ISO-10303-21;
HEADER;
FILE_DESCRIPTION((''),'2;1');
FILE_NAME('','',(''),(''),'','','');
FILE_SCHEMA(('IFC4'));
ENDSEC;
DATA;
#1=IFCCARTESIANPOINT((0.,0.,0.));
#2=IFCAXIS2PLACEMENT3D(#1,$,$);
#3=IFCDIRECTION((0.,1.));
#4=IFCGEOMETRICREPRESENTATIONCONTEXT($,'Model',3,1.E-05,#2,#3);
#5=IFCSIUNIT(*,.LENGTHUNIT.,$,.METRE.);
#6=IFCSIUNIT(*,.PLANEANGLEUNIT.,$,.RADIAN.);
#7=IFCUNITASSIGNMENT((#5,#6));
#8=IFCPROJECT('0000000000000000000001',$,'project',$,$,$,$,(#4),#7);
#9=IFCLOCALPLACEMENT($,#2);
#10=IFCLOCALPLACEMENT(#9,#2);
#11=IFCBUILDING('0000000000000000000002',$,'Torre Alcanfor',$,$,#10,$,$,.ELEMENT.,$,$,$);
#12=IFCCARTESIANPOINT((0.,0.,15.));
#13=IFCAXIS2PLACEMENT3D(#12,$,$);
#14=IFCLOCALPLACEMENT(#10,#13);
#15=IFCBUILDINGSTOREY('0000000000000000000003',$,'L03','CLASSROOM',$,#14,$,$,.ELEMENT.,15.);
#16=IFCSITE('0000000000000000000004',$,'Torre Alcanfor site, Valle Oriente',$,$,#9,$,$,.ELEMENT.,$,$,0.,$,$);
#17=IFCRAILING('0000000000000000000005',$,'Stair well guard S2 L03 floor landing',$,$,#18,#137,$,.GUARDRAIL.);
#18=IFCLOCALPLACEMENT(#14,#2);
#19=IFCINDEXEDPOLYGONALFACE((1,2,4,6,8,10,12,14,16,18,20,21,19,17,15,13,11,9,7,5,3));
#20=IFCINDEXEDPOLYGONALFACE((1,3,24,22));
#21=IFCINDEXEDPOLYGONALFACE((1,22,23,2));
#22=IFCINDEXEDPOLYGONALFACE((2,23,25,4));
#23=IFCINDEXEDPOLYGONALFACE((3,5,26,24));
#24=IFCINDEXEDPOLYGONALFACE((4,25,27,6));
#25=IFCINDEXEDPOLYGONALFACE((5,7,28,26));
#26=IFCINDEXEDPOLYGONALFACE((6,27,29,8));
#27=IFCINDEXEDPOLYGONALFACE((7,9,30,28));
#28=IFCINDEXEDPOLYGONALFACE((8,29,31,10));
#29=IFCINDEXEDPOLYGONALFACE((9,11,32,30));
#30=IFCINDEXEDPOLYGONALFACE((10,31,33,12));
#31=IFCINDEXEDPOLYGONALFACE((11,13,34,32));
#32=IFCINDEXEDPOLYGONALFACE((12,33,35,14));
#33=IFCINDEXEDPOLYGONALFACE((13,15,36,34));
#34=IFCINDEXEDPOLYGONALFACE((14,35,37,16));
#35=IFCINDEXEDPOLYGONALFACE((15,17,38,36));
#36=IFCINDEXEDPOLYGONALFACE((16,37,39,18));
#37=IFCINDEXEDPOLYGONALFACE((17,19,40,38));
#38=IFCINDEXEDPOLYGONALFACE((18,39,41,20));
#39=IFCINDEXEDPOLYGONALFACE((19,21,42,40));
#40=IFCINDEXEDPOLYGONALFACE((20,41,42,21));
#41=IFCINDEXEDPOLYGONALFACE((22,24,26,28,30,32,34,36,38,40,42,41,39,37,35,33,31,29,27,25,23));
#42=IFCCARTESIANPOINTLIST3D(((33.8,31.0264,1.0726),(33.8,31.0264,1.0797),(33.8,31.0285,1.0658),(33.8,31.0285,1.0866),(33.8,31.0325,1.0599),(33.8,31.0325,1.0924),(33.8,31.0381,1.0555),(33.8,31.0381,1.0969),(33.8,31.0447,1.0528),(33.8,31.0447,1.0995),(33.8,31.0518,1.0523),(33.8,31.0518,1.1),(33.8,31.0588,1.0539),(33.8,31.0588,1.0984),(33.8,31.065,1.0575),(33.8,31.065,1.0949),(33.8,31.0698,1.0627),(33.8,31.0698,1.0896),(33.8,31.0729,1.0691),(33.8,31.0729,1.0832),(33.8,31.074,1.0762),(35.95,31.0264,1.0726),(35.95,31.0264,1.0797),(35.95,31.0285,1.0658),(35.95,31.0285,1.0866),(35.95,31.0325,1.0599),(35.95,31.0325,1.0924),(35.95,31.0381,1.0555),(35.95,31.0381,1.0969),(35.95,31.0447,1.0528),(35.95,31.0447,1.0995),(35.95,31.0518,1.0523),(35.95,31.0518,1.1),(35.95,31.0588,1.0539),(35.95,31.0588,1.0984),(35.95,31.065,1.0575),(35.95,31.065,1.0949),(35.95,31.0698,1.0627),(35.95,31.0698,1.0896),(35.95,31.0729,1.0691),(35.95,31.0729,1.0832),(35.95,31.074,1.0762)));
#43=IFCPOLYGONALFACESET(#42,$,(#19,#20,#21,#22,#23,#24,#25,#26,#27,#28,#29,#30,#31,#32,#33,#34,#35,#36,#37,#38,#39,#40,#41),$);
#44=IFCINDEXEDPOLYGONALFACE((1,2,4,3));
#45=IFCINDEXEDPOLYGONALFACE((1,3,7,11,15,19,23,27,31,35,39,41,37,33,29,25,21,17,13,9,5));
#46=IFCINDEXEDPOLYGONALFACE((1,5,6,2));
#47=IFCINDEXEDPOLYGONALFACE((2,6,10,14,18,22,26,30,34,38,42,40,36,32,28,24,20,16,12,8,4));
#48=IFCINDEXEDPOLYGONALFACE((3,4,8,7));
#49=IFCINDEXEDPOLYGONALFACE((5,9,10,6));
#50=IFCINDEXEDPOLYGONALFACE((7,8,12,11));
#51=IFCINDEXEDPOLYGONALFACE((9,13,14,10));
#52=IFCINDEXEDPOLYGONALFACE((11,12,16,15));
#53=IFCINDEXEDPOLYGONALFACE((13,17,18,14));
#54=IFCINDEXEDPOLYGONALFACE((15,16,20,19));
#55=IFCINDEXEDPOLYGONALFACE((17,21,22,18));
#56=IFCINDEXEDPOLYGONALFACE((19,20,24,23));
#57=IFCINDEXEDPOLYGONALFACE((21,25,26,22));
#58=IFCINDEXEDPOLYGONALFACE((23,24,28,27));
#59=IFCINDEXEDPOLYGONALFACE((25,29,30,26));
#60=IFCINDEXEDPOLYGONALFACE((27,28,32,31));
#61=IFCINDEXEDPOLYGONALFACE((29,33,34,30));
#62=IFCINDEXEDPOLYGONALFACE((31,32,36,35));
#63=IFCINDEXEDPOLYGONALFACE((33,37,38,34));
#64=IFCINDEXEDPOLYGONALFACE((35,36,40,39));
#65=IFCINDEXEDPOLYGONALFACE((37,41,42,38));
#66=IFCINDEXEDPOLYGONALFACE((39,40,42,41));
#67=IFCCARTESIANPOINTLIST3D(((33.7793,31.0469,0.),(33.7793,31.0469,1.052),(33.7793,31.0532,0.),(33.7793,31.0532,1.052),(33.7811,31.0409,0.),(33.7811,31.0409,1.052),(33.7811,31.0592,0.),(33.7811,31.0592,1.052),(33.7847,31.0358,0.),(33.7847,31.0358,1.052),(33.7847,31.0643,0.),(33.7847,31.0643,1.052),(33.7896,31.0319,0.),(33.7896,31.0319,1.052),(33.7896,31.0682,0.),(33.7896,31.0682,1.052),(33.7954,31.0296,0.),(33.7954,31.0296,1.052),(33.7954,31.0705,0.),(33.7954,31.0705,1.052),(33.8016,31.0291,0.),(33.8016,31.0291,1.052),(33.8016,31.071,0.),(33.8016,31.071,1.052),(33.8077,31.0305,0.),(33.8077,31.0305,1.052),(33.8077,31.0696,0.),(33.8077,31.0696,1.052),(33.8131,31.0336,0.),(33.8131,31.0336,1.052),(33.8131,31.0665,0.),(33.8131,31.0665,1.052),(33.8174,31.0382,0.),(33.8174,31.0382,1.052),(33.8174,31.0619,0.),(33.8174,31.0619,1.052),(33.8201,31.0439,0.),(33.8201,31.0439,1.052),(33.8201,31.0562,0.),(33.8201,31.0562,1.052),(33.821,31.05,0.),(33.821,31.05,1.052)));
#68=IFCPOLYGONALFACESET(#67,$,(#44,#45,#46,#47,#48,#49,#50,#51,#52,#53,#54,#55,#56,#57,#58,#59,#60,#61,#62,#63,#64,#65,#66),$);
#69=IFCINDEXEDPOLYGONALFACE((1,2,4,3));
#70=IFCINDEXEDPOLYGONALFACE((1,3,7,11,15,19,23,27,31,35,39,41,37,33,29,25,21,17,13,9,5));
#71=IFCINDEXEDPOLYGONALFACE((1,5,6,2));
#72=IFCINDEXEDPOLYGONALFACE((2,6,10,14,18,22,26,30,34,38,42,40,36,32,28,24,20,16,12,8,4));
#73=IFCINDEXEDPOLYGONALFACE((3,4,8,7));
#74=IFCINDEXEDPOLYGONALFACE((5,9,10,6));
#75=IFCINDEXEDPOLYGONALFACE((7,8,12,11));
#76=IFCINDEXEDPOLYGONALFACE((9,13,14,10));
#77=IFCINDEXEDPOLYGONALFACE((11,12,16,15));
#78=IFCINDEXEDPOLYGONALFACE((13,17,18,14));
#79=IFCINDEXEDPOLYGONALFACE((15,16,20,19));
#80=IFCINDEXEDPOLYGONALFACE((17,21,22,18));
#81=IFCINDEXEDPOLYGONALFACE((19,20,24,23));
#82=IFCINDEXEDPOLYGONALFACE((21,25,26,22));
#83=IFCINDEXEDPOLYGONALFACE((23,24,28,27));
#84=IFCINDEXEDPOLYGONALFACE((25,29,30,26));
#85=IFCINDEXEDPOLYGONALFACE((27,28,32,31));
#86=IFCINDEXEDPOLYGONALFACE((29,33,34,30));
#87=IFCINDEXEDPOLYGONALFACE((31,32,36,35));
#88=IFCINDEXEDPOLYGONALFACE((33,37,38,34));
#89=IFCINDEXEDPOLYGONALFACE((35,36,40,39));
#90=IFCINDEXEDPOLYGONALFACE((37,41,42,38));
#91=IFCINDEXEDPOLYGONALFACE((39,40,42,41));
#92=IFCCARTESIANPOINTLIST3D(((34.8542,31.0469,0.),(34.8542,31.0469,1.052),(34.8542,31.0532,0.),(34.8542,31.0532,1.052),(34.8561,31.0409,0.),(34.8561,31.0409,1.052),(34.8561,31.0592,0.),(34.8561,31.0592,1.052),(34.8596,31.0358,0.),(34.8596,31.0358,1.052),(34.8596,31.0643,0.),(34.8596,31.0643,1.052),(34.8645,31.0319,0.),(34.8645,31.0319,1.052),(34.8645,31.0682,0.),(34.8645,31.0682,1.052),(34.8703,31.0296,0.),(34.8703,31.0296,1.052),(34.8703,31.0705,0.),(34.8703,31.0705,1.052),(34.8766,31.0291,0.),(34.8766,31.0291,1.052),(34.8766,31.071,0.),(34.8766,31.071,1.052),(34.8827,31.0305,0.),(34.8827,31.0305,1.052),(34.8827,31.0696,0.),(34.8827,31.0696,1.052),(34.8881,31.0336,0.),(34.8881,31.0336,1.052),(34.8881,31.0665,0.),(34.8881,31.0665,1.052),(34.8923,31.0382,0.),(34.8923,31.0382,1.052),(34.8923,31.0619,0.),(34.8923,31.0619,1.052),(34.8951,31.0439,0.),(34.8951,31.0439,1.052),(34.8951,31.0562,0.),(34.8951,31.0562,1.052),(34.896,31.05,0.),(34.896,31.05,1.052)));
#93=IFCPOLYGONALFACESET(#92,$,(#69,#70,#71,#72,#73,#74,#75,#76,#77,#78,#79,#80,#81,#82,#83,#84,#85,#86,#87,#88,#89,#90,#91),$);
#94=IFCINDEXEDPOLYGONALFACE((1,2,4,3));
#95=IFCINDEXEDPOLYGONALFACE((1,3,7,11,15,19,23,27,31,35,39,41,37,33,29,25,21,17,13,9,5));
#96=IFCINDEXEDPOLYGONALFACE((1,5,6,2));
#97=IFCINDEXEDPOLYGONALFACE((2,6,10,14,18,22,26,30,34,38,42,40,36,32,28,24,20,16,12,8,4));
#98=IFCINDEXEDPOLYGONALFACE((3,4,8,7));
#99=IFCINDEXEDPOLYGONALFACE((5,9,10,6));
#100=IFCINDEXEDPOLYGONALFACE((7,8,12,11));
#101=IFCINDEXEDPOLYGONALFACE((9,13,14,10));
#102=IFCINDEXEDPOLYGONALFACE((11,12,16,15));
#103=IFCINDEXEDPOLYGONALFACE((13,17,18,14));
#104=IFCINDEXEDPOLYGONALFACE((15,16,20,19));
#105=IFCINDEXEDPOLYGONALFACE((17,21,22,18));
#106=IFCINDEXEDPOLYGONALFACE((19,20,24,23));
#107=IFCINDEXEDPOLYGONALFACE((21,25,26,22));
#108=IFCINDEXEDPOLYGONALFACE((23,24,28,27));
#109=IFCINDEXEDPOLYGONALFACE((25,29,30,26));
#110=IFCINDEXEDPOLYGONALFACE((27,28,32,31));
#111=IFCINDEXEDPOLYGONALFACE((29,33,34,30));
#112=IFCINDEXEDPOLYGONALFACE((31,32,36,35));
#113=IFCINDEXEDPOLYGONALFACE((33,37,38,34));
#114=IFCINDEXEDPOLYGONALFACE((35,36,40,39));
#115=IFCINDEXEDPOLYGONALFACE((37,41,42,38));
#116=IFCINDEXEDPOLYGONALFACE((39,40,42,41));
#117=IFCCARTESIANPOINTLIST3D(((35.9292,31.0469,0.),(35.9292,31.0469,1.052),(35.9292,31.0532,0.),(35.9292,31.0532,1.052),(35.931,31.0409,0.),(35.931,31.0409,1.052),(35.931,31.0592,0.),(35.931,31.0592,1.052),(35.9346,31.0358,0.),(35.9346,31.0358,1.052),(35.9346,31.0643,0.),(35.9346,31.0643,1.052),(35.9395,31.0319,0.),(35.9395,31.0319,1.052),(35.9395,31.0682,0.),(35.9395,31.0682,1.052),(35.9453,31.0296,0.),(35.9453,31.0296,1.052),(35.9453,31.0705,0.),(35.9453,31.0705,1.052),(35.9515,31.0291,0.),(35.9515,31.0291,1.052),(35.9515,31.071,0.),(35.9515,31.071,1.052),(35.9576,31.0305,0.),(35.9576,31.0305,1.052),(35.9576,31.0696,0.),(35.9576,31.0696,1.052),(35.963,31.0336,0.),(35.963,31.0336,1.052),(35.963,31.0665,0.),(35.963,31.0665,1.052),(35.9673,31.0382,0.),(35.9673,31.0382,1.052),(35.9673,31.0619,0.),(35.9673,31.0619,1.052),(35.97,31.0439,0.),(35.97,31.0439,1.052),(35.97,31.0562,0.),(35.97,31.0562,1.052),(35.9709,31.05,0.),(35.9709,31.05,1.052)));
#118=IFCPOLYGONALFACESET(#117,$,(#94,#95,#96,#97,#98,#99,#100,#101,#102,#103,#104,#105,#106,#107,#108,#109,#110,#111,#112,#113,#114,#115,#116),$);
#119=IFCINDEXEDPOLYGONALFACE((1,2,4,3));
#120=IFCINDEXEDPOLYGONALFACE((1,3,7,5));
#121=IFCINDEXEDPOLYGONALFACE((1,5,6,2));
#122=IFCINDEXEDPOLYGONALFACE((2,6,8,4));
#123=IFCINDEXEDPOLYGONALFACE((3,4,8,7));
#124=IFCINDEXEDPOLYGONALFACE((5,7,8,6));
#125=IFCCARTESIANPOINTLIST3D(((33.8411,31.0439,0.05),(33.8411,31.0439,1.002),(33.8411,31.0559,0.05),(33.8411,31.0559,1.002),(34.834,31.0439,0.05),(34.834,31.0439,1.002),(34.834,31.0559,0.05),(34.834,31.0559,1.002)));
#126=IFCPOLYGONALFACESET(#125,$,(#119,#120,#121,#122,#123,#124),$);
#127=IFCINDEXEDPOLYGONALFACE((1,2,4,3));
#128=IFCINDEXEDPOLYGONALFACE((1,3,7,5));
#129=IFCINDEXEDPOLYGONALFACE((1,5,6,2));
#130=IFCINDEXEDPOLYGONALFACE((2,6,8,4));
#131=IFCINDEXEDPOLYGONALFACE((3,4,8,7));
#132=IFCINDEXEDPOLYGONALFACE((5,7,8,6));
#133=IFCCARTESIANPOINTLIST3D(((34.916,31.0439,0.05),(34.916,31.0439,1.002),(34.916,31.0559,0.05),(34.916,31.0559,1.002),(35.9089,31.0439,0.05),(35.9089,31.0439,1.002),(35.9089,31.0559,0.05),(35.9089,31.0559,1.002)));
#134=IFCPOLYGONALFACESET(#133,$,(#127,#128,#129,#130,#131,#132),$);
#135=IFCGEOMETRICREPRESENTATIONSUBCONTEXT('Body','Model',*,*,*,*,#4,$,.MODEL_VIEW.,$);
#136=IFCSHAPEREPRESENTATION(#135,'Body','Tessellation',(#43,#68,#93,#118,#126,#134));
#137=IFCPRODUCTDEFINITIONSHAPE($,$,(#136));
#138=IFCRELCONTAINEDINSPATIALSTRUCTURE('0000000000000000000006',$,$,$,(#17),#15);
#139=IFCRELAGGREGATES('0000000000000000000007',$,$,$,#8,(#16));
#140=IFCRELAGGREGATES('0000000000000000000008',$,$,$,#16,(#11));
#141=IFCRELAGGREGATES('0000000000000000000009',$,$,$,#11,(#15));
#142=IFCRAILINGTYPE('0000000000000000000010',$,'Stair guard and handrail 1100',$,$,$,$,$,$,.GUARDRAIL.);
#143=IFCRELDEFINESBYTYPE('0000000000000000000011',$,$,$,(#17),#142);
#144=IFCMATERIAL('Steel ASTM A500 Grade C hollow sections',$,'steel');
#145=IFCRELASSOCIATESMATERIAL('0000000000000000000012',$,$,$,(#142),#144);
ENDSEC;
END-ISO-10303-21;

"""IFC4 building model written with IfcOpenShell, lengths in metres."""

from ifc_helpers import new_model, si_unit, direction, frame, origin, origin_2d, place, context, subcontext, project, spatial, polyline, circle, outline, extrude, material, type_object, element, save


model = new_model("IFC4")

# Units and contexts
model_context = context("Model", 3, precision=1e-05, world=origin(), true_north=direction((0.0, 1.0)))
body_context = subcontext(model_context, "Body", "Model", "MODEL_VIEW")
ifc_project = project(units=[si_unit("LENGTHUNIT", "METRE"), si_unit("PLANEANGLEUNIT", "RADIAN")], contexts=[model_context])

# Site, building, storey
site_placement = place(None, origin())
site = spatial("IfcSite", under=ifc_project, at=site_placement, Name="Torre Alcanfor site, Valle Oriente", CompositionType="ELEMENT", RefElevation=0.0)
building_placement = place(site_placement, origin())
building = spatial("IfcBuilding", under=site, at=building_placement, Name="Torre Alcanfor", CompositionType="ELEMENT")
storey_placement = place(building_placement, frame((0.0, 0.0, 15.0)))
storey = spatial("IfcBuildingStorey", under=building, at=storey_placement, Name="L03", Description="CLASSROOM", CompositionType="ELEMENT", Elevation=15.0)

# Railing
ifc_material_1 = material(Name="Steel ASTM A500 Grade C hollow sections", Category="steel")
railing_type_1 = type_object("IfcRailingType", Name="Stair guard and handrail 1100", PredefinedType="GUARDRAIL", material=ifc_material_1)
for number, where, name in (
    (1, (33.8, 31.05, 0.0), "Stair well guard S2 L03 floor landing"),
):
    element("IfcRailing", number, at=place(storey_placement, frame(where)), inside=storey, type_object=railing_type_1, Name=name, PredefinedType="GUARDRAIL", context=body_context, shape_type="SweptSolid", body=[
        extrude(circle(Radius=0.0239, at=origin_2d()), frame((0.0, 0.0, 1.0762), z_axis=(1.0, 0.0, 0.0), x_axis=(0.0, 1.0, 0.0)), (0.0, 0.0, 1.0), 2.1499),
        extrude(circle(Radius=0.021, at=origin_2d()), origin(), (0.0, 0.0, 1.0), 1.052),
        extrude(circle(Radius=0.021, at=origin_2d()), frame((1.075, 0.0, 0.0)), (0.0, 0.0, 1.0), 1.052),
        extrude(circle(Radius=0.021, at=origin_2d()), frame((2.1499, 0.0, 0.0)), (0.0, 0.0, 1.0), 1.052),
        extrude(outline(polyline([(0.041, 0.05), (1.0339, 0.05), (1.0339, 1.002), (0.041, 1.002), (0.041, 0.05)])), frame((0.0, 0.0059, 0.0), z_axis=(0.0, -1.0, 0.0), x_axis=(1.0, 0.0, 0.0)), (0.0, 0.0, 1.0), 0.012),
        extrude(outline(polyline([(1.116, 0.05), (2.1089, 0.05), (2.1089, 1.002), (1.116, 1.002), (1.116, 0.05)])), frame((0.0, 0.0059, 0.0), z_axis=(0.0, -1.0, 0.0), x_axis=(1.0, 0.0, 0.0)), (0.0, 0.0, 1.0), 0.012),
    ])

save(model, "model.ifc")
